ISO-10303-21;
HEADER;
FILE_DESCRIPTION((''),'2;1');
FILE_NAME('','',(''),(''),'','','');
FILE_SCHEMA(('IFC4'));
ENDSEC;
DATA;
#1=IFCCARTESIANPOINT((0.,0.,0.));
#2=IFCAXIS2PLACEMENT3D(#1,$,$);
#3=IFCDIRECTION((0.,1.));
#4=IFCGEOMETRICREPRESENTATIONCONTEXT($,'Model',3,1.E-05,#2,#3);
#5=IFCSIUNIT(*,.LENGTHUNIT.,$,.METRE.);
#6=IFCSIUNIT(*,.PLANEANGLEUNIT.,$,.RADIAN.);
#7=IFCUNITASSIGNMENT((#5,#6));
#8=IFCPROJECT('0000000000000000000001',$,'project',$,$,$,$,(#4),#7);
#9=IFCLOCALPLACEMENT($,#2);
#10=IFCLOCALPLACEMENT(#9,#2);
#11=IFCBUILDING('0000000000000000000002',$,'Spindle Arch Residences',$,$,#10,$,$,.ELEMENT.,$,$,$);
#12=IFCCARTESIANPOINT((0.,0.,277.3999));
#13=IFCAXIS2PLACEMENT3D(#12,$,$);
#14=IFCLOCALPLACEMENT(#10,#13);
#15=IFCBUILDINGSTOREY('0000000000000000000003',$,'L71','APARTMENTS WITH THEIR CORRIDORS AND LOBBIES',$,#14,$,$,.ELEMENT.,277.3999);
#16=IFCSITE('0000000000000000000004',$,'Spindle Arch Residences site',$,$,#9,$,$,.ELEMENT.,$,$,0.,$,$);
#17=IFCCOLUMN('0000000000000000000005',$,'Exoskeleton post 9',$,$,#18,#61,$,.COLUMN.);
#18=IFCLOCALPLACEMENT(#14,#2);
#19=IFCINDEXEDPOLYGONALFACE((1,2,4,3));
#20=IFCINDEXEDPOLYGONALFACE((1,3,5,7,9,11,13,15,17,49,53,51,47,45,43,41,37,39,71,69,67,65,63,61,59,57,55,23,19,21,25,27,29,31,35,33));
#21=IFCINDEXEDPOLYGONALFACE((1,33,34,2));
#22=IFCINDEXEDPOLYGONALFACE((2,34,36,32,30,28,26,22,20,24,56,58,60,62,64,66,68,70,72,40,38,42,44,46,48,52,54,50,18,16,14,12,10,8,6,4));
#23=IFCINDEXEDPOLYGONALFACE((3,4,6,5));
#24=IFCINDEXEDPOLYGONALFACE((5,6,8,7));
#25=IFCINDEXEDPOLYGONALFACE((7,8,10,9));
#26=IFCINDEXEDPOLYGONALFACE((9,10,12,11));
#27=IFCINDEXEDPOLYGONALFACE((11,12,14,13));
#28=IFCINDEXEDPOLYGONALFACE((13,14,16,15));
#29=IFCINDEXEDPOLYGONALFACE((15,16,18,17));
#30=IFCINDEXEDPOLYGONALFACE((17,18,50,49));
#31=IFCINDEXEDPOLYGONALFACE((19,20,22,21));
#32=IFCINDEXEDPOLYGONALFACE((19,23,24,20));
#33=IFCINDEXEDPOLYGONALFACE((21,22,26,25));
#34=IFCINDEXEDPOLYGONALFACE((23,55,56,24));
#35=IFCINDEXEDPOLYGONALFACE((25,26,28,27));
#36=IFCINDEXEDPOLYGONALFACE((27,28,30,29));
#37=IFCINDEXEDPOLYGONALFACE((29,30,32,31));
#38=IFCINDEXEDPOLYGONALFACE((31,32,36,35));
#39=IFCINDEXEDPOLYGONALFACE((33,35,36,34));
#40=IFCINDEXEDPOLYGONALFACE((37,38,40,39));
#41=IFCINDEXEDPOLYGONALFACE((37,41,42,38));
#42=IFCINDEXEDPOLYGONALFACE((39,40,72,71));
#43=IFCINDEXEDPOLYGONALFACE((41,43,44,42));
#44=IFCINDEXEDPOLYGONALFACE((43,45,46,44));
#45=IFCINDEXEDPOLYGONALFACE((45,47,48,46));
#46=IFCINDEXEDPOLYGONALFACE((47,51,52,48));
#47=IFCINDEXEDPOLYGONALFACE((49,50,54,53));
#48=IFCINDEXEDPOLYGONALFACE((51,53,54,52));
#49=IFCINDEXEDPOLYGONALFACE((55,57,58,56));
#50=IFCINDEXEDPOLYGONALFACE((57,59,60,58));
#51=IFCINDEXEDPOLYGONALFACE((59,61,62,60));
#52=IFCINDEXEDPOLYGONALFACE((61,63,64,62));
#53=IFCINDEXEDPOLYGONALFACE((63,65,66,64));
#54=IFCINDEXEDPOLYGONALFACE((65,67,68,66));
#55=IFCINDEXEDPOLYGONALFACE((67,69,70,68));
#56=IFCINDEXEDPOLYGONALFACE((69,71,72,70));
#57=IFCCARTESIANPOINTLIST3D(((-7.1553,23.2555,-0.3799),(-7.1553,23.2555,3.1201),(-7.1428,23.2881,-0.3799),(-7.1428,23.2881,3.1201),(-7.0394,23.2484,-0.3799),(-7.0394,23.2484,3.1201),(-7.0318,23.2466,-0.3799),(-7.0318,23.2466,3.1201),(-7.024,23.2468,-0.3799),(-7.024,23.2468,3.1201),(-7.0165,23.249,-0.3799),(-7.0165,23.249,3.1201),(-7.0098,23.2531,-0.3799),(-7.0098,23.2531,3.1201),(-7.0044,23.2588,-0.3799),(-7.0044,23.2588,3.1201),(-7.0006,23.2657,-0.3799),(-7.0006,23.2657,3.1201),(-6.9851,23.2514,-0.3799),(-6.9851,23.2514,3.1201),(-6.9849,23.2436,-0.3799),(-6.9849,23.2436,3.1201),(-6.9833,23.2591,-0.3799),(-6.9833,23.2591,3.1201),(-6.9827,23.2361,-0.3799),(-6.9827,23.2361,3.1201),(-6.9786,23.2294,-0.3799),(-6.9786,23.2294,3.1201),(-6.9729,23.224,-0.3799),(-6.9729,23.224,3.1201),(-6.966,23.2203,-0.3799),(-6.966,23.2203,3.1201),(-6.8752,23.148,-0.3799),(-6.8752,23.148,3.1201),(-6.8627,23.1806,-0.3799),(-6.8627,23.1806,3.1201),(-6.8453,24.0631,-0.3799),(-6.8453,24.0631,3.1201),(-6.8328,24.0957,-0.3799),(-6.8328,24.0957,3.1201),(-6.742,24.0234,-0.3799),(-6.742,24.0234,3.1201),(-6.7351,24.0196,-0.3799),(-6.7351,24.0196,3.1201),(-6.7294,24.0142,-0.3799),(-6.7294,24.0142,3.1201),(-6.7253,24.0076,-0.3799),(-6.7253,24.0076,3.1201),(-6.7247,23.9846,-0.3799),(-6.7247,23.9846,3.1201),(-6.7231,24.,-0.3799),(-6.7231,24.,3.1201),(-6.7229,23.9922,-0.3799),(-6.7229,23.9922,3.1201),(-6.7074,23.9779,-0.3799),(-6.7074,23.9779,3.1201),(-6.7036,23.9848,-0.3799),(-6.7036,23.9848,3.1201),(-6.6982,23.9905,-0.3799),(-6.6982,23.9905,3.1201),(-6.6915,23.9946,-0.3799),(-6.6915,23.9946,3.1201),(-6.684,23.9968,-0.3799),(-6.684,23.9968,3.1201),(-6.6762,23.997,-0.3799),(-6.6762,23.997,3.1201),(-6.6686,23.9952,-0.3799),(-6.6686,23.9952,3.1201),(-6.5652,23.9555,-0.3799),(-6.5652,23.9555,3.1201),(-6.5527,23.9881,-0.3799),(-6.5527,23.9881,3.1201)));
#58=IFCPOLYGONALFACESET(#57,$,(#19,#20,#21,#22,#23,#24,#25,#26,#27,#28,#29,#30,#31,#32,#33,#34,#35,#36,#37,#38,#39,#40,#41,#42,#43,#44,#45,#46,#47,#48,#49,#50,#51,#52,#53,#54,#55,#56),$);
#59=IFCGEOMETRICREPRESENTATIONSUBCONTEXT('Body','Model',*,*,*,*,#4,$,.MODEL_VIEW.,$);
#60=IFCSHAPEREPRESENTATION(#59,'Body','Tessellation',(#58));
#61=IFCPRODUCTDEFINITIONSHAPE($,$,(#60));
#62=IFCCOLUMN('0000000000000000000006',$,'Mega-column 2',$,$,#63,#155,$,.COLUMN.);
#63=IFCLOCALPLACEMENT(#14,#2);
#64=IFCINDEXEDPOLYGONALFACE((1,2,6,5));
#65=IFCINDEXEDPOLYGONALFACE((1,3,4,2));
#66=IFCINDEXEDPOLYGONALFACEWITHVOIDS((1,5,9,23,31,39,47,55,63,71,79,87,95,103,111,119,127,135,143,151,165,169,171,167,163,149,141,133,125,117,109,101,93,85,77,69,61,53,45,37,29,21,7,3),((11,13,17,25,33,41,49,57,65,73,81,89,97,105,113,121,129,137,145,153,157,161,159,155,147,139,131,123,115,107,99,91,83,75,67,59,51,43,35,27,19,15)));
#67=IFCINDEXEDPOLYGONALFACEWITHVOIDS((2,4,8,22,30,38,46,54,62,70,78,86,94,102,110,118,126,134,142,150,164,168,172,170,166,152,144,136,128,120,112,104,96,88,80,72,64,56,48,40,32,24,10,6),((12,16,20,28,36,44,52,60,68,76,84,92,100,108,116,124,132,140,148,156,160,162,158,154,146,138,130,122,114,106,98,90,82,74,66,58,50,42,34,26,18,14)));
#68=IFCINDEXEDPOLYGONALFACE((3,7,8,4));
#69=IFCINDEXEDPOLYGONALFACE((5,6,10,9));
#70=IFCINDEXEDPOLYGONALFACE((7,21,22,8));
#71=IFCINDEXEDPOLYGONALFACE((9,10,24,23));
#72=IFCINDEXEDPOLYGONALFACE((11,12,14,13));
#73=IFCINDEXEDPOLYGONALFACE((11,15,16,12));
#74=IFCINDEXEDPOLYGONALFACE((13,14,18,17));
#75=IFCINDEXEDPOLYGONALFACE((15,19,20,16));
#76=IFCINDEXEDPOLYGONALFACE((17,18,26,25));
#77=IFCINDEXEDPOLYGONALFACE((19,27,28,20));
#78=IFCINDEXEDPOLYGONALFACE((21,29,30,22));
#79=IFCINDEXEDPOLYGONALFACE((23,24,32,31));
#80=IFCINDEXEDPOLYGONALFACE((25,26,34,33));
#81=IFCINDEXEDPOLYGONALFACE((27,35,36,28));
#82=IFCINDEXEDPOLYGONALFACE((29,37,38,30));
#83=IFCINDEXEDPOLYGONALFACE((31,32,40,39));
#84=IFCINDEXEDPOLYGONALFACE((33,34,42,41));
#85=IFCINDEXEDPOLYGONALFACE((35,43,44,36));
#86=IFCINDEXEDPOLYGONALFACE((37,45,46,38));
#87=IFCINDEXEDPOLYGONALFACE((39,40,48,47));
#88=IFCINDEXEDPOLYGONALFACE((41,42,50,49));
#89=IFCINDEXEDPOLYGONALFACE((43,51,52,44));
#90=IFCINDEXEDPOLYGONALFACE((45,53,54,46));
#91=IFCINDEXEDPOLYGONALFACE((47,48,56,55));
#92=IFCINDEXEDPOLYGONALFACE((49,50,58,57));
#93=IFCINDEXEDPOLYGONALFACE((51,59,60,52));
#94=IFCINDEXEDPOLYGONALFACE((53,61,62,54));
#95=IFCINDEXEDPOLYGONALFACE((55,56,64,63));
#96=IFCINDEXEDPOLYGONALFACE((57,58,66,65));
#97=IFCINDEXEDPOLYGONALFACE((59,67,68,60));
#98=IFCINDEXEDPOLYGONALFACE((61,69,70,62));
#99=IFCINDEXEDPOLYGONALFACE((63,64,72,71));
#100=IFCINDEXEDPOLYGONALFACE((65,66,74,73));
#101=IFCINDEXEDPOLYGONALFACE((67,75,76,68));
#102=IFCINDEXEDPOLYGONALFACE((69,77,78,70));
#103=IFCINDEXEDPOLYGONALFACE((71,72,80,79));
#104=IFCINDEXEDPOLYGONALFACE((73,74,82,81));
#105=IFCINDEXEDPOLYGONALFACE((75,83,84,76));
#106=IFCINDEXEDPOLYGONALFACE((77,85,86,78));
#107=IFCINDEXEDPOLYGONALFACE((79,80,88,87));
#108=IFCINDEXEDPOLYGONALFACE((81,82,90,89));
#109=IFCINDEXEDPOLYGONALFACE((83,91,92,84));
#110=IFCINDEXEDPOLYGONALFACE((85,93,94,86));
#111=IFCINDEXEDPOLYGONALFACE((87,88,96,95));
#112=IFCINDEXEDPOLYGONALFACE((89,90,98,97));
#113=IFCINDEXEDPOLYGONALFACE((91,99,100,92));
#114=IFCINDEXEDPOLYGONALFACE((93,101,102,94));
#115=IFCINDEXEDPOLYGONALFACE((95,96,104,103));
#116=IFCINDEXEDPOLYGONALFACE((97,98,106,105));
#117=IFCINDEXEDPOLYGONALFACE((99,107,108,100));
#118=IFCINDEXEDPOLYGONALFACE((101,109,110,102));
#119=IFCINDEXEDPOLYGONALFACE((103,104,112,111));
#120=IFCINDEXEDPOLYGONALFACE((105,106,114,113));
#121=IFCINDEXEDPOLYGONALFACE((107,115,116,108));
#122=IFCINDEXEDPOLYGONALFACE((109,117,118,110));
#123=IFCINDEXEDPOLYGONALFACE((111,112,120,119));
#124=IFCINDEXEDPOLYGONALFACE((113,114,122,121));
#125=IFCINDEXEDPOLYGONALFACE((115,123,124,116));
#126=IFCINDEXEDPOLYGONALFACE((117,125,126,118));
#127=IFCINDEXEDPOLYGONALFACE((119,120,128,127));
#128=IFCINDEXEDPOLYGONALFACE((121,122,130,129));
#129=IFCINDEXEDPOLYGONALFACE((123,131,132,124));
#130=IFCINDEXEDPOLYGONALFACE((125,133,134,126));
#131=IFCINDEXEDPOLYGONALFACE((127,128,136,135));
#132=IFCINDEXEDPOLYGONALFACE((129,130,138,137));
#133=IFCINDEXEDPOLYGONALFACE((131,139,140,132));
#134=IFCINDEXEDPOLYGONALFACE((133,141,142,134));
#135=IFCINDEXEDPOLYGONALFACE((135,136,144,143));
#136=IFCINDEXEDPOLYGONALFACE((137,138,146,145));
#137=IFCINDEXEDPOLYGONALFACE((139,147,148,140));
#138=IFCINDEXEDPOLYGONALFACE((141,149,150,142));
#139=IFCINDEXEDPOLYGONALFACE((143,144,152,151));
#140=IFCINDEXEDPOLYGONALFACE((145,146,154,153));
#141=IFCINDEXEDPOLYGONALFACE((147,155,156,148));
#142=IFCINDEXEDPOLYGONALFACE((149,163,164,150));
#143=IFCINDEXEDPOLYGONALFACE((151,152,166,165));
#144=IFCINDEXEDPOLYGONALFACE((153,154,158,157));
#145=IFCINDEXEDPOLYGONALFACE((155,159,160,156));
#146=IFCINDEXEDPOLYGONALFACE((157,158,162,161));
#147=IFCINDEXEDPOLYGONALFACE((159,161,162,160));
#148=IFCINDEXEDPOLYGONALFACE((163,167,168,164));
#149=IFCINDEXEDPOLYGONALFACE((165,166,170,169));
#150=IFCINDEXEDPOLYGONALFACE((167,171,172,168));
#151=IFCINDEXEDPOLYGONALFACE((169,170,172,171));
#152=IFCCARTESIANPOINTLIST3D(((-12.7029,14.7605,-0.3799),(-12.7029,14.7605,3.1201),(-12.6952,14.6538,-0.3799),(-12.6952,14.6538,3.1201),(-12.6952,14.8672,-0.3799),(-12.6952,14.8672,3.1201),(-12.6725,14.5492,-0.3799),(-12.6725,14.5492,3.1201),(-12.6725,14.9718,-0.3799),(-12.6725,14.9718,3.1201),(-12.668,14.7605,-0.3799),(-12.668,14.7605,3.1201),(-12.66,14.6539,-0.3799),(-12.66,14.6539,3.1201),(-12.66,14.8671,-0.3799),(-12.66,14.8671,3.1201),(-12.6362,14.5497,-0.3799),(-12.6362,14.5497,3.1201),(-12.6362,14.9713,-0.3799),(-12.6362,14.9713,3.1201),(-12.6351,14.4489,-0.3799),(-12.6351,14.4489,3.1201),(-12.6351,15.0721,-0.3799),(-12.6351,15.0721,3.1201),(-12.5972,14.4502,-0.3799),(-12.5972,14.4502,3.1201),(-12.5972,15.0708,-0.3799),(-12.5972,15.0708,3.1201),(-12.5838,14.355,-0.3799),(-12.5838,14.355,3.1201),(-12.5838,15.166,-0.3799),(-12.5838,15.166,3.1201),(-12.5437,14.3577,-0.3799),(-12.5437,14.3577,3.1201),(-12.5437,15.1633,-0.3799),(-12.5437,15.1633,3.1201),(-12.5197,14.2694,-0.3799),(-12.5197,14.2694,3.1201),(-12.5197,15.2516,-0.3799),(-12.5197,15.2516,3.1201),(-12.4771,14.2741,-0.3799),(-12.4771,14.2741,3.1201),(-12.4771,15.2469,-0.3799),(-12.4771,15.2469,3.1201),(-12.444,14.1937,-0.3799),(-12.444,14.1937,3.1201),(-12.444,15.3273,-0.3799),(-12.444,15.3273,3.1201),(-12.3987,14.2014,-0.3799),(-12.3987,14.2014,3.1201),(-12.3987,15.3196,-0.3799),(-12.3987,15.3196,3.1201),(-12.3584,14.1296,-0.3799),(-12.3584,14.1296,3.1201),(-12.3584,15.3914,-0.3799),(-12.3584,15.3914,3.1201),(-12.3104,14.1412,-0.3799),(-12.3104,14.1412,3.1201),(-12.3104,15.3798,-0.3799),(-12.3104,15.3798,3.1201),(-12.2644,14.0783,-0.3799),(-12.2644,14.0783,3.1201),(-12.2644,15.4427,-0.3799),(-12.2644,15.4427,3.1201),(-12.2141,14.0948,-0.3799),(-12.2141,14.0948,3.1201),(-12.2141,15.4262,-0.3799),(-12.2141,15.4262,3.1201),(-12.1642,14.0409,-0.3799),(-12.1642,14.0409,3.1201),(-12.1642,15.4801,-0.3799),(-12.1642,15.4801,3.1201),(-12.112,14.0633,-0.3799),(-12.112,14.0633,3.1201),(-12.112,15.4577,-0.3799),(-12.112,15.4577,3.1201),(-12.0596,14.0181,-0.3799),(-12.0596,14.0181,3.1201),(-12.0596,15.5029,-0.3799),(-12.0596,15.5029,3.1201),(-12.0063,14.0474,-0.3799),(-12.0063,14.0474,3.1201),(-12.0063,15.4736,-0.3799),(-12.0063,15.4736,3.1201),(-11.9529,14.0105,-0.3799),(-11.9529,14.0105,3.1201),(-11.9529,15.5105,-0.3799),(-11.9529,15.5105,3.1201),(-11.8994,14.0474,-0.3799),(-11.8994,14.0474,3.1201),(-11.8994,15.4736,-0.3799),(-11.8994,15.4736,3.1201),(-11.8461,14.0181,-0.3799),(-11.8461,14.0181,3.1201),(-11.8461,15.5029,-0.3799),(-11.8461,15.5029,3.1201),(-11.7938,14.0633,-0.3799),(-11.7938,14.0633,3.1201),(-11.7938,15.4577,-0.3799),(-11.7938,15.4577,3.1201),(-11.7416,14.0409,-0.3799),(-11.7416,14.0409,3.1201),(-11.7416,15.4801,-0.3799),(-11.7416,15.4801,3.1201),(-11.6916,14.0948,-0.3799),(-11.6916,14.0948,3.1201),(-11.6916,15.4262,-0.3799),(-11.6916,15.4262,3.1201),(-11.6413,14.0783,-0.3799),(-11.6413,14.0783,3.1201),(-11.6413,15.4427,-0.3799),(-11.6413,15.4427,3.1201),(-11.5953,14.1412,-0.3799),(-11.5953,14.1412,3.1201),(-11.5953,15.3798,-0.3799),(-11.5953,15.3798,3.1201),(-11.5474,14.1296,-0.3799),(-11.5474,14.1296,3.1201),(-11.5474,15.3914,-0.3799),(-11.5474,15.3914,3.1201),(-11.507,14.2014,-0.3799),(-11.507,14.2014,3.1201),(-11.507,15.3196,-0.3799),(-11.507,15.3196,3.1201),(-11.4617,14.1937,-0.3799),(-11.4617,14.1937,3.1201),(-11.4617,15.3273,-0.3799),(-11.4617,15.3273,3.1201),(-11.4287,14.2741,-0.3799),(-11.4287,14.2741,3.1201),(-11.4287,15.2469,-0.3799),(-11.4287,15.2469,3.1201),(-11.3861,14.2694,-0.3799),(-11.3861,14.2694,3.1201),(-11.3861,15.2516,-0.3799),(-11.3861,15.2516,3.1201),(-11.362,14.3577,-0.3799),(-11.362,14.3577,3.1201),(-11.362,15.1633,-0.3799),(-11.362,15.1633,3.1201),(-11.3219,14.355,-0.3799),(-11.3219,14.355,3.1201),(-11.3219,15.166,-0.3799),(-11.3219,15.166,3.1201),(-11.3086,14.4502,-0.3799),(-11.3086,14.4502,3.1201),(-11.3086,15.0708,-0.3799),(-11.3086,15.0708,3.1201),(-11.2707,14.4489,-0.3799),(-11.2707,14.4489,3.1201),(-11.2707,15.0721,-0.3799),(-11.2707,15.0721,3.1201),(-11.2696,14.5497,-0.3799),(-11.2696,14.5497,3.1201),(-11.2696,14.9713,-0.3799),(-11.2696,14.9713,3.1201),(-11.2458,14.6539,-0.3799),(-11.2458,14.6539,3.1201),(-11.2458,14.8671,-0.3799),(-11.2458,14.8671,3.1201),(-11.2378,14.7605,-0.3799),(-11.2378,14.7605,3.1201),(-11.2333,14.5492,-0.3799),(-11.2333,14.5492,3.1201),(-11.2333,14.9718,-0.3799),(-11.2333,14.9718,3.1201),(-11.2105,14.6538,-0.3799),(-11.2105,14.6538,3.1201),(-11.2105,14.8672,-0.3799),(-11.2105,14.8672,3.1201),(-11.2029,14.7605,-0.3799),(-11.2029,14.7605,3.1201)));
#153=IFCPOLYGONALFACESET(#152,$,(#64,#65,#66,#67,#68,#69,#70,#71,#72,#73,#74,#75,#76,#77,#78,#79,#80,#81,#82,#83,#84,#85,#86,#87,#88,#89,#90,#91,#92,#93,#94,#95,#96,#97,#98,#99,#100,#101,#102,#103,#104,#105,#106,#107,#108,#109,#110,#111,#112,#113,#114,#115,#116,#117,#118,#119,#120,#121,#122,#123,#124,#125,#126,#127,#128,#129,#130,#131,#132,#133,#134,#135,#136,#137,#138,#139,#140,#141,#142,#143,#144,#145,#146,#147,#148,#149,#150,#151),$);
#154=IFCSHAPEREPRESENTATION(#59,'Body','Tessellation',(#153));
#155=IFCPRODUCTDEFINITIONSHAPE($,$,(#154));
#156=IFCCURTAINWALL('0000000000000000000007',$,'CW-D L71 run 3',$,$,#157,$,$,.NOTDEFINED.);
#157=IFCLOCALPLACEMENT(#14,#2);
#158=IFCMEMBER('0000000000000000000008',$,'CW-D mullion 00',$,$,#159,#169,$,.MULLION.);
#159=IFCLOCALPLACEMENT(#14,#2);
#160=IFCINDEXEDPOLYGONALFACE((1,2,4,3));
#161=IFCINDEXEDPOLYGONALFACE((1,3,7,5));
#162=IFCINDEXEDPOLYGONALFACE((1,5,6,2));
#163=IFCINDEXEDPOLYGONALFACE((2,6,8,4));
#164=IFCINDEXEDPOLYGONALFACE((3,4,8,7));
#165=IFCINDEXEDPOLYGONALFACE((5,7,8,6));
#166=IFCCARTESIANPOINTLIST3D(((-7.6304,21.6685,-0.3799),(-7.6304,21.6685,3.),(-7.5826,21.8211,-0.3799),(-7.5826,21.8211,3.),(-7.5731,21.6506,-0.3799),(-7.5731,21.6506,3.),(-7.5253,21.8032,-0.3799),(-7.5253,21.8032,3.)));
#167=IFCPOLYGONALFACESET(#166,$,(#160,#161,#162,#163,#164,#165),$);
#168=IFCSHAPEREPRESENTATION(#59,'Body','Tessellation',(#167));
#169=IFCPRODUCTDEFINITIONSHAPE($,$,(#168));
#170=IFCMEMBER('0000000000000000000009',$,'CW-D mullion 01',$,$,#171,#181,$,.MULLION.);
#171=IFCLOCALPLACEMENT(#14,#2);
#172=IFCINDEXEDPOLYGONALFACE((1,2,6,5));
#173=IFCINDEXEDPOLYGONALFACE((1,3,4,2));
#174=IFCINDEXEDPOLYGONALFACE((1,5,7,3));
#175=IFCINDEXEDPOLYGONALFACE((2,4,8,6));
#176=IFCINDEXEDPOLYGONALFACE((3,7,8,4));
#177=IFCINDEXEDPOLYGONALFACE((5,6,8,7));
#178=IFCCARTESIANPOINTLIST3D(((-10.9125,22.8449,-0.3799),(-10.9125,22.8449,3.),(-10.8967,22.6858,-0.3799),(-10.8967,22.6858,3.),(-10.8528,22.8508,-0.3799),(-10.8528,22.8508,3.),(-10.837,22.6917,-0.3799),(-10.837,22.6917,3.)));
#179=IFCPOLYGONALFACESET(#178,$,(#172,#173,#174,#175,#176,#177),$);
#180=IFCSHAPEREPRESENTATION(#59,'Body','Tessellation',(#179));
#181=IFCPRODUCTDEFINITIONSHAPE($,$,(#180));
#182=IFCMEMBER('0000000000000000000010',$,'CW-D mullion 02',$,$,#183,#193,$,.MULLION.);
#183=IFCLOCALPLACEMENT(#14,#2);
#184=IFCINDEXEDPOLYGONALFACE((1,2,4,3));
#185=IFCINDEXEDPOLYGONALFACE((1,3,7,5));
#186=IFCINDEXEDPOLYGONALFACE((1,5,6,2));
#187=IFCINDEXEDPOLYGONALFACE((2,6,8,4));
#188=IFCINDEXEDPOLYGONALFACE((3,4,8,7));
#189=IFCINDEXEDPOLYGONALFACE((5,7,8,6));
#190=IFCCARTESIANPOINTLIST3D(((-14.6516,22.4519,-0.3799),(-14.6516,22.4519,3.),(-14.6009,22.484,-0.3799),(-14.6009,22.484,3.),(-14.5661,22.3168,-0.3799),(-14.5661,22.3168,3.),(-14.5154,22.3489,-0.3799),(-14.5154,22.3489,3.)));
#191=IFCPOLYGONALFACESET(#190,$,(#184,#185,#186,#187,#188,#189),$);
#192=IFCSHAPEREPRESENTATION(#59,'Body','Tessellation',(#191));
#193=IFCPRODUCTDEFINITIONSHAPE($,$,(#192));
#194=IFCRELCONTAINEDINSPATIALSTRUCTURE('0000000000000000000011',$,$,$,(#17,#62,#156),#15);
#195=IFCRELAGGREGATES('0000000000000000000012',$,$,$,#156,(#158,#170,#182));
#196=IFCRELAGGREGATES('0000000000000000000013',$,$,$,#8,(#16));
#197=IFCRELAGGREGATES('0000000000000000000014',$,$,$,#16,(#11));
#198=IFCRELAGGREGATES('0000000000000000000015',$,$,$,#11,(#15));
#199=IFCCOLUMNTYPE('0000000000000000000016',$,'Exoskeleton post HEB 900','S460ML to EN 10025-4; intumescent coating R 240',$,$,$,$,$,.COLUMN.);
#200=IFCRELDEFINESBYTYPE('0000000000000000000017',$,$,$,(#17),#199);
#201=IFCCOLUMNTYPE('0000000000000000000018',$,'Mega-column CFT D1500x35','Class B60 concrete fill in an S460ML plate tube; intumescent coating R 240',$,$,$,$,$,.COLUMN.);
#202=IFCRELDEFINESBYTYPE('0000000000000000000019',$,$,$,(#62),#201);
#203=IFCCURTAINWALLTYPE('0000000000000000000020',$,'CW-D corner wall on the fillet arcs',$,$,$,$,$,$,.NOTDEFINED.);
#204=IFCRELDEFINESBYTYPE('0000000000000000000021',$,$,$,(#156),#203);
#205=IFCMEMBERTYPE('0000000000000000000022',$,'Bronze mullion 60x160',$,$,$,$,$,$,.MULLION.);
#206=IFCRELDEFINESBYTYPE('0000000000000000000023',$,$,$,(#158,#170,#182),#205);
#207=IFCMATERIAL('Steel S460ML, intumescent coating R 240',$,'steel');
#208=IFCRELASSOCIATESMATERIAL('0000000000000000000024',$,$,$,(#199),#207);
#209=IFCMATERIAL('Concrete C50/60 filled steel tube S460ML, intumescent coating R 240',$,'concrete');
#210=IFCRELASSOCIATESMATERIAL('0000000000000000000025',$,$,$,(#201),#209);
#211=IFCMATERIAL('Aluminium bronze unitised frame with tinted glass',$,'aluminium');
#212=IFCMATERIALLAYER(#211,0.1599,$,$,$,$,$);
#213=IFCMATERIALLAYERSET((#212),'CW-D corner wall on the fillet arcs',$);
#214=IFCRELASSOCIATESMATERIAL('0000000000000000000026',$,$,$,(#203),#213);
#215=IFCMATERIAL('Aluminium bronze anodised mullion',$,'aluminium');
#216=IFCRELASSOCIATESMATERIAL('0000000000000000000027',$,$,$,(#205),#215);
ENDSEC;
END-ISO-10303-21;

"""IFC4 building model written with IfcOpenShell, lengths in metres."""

from ifc_helpers import new_model, si_unit, direction, frame, origin, origin_2d, place, context, subcontext, project, spatial, rectangle, hollow_circle, i_section, extrude, material, layer, layer_set, material_profile, profile_set, type_object, element, aggregate, save


model = new_model("IFC4")

# Units and contexts
model_context = context("Model", 3, precision=1e-05, world=origin(), true_north=direction((0.0, 1.0)))
body_context = subcontext(model_context, "Body", "Model", "MODEL_VIEW")
ifc_project = project(units=[si_unit("LENGTHUNIT", "METRE"), si_unit("PLANEANGLEUNIT", "RADIAN")], contexts=[model_context])

# Site, building, storey
site_placement = place(None, origin())
site = spatial("IfcSite", under=ifc_project, at=site_placement, Name="Spindle Arch Residences site", CompositionType="ELEMENT", RefElevation=0.0)
building_placement = place(site_placement, origin())
building = spatial("IfcBuilding", under=site, at=building_placement, Name="Spindle Arch Residences", CompositionType="ELEMENT")
storey_placement = place(building_placement, frame((0.0, 0.0, 277.3999)))
storey = spatial("IfcBuildingStorey", under=building, at=storey_placement, Name="L71", Description="APARTMENTS WITH THEIR CORRIDORS AND LOBBIES", CompositionType="ELEMENT", Elevation=277.3999)

# Columns
ifc_material_1 = material(Name="Steel S460ML, intumescent coating R 240", Category="steel")
ifc_material_profile_1 = material_profile(ifc_material_1, i_section(OverallWidth=0.3, OverallDepth=0.8999, WebThickness=0.0186, FlangeThickness=0.0349, FilletRadius=0.03, at=origin_2d()), Name="HEB 900")
ifc_profile_set_1 = profile_set([ifc_material_profile_1], Name="Steel S460ML, intumescent coating R 240")
column_type_1 = type_object("IfcColumnType", Name="Exoskeleton post HEB 900", Description="S460ML to EN 10025-4; intumescent coating R 240", PredefinedType="COLUMN", material=ifc_profile_set_1)
column_1_placement = place(storey_placement, frame((-6.854, 23.6218, -0.3799), z_axis=(0.0, 0.0, 1.0), x_axis=(0.93358, -0.358368, 0.0)))
element("IfcColumn", 1, at=column_1_placement, inside=storey, type_object=column_type_1, Name="Exoskeleton post 9", PredefinedType="COLUMN", context=body_context, shape_type="SweptSolid", body=[
    extrude(i_section(OverallWidth=0.3, OverallDepth=0.8999, WebThickness=0.0186, FlangeThickness=0.0349, FilletRadius=0.03, at=origin_2d()), origin(), (0.0, 0.0, 1.0), 3.5),
])
ifc_material_2 = material(Name="Concrete C50/60 filled steel tube S460ML, intumescent coating R 240", Category="concrete")
ifc_material_profile_2 = material_profile(ifc_material_2, hollow_circle(Radius=0.75, WallThickness=0.0349, at=origin_2d()), Name="CFT D1500x35")
ifc_profile_set_2 = profile_set([ifc_material_profile_2], Name="Concrete C50/60 filled steel tube S460ML, intumescent coating R 240")
column_type_2 = type_object("IfcColumnType", Name="Mega-column CFT D1500x35", Description="Class B60 concrete fill in an S460ML plate tube; intumescent coating R 240", PredefinedType="COLUMN", material=ifc_profile_set_2)
column_2_placement = place(storey_placement, frame((-11.9529, 14.7605, -0.3799), z_axis=(0.0, 0.0, 1.0), x_axis=(1.0, 0.0, 0.0)))
element("IfcColumn", 2, at=column_2_placement, inside=storey, type_object=column_type_2, Name="Mega-column 2", PredefinedType="COLUMN", context=body_context, shape_type="SweptSolid", body=[
    extrude(hollow_circle(Radius=0.75, WallThickness=0.0349, at=origin_2d()), origin(), (0.0, 0.0, 1.0), 3.5),
])

# Curtain wall, members
ifc_material_3 = material(Name="Aluminium bronze unitised frame with tinted glass", Category="aluminium")
ifc_layer_1 = layer(ifc_material_3, 0.1599)
ifc_layer_set_1 = layer_set([ifc_layer_1], Name="CW-D corner wall on the fillet arcs")
curtain_wall_type_1 = type_object("IfcCurtainWallType", Name="CW-D corner wall on the fillet arcs", PredefinedType="NOTDEFINED", material=ifc_layer_set_1)
curtain_wall_1_placement = place(storey_placement, origin())
curtain_wall_1 = element("IfcCurtainWall", 3, at=curtain_wall_1_placement, inside=storey, type_object=curtain_wall_type_1, Name="CW-D L71 run 3", PredefinedType="NOTDEFINED")
ifc_material_4 = material(Name="Aluminium bronze anodised mullion", Category="aluminium")
ifc_material_profile_3 = material_profile(ifc_material_4, rectangle(XDim=0.1599, YDim=0.0601, at=origin_2d()), Name="MU 60x160")
ifc_profile_set_3 = profile_set([ifc_material_profile_3], Name="Aluminium bronze anodised mullion")
member_type_1 = type_object("IfcMemberType", Name="Bronze mullion 60x160", PredefinedType="MULLION", material=ifc_profile_set_3)
member_1_placement = place(storey_placement, frame((-7.5779, 21.7358, -0.3799), z_axis=(0.0, 0.0, 1.0), x_axis=(-0.298803, -0.954315, 0.0)))
member_1 = element("IfcMember", 4, at=member_1_placement, type_object=member_type_1, Name="CW-D mullion 00", PredefinedType="MULLION", context=body_context, shape_type="SweptSolid", body=[
    extrude(rectangle(XDim=0.1599, YDim=0.0601, at=origin_2d()), origin(), (0.0, 0.0, 1.0), 3.3799),
])
member_2_placement = place(storey_placement, frame((-10.8748, 22.7683, -0.3799), z_axis=(0.0, 0.0, 1.0), x_axis=(0.098741, -0.995113, 0.0)))
member_2 = element("IfcMember", 5, at=member_2_placement, type_object=member_type_1, Name="CW-D mullion 01", PredefinedType="MULLION", context=body_context, shape_type="SweptSolid", body=[
    extrude(rectangle(XDim=0.1599, YDim=0.0601, at=origin_2d()), origin(), (0.0, 0.0, 1.0), 3.3799),
])
member_3_placement = place(storey_placement, frame((-14.5835, 22.4004, -0.3799), z_axis=(0.0, 0.0, 1.0), x_axis=(0.534844, -0.844951, 0.0)))
member_3 = element("IfcMember", 6, at=member_3_placement, type_object=member_type_1, Name="CW-D mullion 02", PredefinedType="MULLION", context=body_context, shape_type="SweptSolid", body=[
    extrude(rectangle(XDim=0.1599, YDim=0.0601, at=origin_2d()), origin(), (0.0, 0.0, 1.0), 3.3799),
])

aggregate(curtain_wall_1, [member_1, member_2, member_3])

save(model, "model.ifc")
